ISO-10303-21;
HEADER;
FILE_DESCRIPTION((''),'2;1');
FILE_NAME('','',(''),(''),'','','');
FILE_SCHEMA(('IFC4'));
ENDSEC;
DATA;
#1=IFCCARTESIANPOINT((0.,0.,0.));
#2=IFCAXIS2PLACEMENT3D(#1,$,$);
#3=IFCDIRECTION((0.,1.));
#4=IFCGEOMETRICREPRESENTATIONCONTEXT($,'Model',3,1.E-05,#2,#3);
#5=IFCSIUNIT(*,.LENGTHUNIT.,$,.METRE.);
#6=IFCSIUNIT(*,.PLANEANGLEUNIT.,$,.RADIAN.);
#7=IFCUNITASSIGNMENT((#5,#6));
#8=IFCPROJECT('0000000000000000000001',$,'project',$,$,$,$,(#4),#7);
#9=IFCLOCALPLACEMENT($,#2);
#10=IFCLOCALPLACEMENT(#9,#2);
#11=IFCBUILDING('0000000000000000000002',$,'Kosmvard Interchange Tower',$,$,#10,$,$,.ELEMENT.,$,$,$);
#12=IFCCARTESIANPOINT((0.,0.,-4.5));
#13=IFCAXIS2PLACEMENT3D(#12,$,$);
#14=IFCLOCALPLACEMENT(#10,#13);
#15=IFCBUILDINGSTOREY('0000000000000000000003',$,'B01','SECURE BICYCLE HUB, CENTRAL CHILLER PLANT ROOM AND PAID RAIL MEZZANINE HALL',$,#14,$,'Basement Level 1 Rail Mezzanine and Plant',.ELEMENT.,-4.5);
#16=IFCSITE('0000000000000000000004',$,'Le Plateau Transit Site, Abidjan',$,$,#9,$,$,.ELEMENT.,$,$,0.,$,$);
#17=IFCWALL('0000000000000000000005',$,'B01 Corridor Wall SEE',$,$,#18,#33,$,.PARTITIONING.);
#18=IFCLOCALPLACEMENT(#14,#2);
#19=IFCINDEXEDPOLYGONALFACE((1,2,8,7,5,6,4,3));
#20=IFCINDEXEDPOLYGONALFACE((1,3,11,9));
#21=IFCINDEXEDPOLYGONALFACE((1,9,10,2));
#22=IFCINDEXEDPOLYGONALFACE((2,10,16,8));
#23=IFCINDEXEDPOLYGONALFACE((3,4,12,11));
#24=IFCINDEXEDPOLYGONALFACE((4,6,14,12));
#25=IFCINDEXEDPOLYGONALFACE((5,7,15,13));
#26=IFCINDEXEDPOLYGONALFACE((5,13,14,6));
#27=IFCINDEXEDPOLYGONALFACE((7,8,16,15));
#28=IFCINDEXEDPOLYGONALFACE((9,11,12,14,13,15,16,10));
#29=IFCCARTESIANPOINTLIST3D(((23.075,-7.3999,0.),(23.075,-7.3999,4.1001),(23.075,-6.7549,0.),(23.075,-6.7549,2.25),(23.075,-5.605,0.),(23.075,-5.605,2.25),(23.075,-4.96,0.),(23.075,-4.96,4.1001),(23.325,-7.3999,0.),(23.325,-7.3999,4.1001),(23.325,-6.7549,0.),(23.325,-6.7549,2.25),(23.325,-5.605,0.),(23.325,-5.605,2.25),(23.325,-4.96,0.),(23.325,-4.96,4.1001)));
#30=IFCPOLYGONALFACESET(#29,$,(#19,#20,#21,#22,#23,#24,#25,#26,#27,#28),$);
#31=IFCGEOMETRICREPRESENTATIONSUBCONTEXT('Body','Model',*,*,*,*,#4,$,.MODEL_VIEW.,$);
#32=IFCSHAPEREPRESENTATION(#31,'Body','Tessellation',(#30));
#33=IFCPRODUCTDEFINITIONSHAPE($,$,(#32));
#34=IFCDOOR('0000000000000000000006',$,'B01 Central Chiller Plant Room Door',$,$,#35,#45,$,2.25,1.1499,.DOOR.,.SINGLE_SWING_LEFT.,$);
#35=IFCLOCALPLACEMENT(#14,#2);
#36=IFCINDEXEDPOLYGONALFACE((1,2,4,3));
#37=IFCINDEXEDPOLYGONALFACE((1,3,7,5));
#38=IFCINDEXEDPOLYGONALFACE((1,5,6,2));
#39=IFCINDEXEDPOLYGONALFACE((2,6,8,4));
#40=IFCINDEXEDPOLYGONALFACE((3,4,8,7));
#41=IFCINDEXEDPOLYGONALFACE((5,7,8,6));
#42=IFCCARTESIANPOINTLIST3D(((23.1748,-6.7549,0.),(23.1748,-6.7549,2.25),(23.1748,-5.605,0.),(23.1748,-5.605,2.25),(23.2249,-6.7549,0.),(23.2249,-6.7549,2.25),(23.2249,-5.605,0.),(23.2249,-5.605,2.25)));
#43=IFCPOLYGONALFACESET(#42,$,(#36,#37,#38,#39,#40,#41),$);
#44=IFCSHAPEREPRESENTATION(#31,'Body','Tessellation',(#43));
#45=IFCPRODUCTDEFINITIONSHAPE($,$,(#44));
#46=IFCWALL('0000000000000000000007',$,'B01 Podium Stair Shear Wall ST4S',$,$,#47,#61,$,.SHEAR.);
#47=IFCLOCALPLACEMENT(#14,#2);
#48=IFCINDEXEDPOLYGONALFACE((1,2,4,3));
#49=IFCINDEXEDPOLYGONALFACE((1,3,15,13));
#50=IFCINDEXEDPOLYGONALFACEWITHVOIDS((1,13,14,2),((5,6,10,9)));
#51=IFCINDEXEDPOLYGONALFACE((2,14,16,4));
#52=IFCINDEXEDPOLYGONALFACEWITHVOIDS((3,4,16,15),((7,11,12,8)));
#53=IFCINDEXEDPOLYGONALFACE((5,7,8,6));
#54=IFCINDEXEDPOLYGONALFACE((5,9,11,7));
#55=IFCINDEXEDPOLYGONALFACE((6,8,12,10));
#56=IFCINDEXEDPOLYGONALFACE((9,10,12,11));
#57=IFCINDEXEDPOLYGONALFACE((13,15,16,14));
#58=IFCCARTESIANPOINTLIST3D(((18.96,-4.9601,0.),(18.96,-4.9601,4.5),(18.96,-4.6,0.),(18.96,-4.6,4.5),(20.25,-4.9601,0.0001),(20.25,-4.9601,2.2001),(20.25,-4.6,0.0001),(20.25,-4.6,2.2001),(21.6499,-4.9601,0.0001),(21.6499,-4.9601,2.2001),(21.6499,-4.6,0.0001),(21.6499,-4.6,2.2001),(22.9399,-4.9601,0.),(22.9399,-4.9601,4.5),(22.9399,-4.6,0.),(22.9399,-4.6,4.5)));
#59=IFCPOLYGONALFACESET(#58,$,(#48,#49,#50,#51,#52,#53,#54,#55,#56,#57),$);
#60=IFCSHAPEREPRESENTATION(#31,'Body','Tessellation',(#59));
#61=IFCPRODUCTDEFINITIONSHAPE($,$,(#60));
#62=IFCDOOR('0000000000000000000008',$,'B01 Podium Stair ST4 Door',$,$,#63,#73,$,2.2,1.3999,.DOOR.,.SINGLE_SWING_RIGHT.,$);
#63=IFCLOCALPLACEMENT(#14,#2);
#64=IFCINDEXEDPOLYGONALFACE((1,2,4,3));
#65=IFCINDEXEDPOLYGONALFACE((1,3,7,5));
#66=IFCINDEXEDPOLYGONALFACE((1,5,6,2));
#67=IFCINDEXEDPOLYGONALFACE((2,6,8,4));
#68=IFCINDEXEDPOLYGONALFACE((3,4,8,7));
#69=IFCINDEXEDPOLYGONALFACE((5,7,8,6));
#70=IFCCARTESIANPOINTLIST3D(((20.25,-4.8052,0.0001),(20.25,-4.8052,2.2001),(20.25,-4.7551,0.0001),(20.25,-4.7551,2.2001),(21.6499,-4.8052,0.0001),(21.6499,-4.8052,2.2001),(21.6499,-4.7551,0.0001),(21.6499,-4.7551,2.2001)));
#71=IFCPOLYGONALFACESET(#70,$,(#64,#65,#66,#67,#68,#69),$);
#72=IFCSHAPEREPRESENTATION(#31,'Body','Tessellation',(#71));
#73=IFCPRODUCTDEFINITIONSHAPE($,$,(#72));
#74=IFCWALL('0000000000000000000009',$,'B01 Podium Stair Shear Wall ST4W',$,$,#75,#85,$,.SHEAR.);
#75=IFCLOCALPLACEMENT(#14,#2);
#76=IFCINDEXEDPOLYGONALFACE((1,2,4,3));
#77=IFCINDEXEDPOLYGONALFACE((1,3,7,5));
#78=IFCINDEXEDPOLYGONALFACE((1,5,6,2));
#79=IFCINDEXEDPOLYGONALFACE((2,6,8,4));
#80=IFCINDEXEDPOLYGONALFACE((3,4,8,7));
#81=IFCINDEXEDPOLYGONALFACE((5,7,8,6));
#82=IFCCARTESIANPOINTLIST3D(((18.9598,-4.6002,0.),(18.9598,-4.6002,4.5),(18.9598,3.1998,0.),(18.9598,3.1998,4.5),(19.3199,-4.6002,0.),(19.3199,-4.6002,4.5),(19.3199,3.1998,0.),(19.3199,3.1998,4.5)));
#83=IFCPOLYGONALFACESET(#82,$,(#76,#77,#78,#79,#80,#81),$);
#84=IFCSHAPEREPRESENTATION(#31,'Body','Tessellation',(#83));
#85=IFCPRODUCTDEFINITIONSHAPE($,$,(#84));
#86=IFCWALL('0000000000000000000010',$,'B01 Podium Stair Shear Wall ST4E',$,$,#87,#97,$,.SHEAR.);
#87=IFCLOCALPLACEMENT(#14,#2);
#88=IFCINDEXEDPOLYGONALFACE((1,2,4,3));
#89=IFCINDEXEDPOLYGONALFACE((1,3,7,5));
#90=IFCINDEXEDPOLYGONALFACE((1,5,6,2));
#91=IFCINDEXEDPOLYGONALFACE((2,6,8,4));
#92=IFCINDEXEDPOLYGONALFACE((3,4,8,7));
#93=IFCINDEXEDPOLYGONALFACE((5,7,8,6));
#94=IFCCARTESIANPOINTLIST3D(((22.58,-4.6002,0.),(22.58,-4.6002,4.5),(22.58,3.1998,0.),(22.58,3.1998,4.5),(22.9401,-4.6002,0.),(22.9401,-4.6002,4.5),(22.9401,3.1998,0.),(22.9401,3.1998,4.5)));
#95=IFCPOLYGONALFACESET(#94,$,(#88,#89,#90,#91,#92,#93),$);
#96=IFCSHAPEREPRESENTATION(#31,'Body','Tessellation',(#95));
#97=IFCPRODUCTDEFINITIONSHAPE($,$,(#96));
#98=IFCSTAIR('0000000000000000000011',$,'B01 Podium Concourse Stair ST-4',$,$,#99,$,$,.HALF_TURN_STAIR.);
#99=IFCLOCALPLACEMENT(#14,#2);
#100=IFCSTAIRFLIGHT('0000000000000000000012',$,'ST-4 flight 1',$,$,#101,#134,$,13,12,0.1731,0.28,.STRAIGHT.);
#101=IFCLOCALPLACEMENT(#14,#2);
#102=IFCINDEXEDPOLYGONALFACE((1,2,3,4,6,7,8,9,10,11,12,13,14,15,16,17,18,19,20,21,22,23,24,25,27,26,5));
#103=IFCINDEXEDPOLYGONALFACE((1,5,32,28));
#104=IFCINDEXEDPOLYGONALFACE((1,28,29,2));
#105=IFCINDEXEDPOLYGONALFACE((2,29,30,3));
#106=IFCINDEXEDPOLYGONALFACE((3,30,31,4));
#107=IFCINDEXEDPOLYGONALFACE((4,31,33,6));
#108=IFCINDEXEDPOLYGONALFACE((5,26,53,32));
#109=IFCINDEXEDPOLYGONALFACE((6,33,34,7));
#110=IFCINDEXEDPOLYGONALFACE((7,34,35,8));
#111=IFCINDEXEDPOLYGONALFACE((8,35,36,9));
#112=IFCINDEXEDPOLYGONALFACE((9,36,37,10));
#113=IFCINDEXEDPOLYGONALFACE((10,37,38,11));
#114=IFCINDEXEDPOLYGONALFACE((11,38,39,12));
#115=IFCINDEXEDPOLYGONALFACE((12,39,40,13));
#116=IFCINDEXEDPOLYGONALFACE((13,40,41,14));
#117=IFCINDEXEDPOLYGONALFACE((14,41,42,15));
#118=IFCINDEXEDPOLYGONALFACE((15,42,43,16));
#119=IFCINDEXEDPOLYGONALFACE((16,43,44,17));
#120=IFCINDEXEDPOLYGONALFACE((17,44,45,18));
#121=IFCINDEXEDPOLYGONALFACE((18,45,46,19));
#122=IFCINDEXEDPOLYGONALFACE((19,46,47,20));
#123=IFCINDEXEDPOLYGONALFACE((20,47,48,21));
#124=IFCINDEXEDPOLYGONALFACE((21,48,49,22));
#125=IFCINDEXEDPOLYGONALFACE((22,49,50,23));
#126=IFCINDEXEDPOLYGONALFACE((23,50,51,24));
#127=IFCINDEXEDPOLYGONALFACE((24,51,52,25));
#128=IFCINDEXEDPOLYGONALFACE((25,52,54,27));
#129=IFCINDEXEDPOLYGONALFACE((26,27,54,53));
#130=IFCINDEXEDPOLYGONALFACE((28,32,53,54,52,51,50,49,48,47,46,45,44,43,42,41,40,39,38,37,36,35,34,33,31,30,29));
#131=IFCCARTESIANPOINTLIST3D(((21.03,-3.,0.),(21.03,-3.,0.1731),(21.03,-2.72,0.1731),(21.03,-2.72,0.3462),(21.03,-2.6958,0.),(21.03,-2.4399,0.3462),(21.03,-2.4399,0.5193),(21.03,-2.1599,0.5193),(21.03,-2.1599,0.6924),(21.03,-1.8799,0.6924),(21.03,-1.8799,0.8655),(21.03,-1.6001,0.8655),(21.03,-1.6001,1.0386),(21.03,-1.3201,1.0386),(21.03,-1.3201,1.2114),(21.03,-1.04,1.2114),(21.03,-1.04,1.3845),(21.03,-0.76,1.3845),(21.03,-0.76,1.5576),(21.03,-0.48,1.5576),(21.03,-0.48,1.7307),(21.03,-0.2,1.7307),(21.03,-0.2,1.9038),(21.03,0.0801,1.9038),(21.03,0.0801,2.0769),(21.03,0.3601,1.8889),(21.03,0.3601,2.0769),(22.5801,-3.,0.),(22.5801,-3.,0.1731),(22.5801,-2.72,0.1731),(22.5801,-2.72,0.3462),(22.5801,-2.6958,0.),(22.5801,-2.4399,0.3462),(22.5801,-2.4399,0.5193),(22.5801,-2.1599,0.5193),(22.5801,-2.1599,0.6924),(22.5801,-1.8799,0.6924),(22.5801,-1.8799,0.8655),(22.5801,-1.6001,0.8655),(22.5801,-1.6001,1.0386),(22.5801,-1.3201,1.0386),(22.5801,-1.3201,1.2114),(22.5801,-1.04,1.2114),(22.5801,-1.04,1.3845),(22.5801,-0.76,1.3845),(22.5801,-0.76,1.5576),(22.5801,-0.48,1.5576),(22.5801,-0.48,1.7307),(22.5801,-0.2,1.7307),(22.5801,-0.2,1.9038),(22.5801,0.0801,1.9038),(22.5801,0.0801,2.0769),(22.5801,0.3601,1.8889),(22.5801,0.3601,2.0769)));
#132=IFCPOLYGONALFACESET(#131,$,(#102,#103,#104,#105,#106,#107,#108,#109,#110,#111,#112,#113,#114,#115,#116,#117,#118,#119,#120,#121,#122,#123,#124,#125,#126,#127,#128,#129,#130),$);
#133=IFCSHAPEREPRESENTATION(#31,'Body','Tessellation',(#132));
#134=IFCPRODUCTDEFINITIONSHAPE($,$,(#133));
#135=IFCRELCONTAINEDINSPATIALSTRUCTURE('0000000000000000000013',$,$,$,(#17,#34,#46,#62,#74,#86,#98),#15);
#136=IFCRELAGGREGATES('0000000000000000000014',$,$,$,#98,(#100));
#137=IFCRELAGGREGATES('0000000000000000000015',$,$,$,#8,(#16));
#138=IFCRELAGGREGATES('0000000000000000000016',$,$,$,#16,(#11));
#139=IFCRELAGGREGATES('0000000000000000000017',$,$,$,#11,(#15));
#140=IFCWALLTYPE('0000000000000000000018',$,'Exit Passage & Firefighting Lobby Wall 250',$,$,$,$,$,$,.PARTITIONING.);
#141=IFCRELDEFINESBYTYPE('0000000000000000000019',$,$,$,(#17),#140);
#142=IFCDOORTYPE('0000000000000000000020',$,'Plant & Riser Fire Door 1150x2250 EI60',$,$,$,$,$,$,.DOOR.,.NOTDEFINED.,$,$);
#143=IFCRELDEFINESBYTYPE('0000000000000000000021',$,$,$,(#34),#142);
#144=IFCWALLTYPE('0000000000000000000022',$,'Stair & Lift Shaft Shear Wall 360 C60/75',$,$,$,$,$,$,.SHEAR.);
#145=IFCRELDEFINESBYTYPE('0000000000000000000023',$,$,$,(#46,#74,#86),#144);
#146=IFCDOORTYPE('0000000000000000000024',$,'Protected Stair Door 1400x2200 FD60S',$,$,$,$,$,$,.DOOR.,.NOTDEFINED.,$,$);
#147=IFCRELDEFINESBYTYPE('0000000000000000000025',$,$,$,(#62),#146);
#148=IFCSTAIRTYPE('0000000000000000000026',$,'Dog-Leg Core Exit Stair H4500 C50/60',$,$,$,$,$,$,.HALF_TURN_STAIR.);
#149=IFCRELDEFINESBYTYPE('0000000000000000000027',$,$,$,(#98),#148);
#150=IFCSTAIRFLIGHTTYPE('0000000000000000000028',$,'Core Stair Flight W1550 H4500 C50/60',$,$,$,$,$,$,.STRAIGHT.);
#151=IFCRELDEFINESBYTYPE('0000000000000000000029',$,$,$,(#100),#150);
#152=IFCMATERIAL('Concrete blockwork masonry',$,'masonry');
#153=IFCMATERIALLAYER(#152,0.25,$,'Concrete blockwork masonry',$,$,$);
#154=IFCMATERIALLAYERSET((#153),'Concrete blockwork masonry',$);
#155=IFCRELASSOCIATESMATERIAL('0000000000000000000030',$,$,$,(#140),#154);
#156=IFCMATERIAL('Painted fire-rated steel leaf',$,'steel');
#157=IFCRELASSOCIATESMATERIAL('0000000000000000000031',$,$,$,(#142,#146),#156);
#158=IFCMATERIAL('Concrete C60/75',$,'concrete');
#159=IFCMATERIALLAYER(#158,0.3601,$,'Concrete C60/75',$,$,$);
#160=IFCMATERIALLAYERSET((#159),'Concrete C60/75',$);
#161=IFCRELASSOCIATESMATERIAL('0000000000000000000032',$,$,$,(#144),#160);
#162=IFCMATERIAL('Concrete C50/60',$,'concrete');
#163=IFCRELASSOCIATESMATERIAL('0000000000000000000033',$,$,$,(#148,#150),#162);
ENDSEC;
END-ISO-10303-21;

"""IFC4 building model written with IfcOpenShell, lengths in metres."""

from ifc_helpers import new_model, si_unit, direction, frame, frame_2d, origin, place, context, subcontext, project, spatial, polyline, rectangle, outline, extrude, source, transform, mapped, material, layer, layer_set, type_object, element, fill, aggregate, save


model = new_model("IFC4")

# Units and contexts
model_context = context("Model", 3, precision=1e-05, world=origin(), true_north=direction((0.0, 1.0)))
body_context = subcontext(model_context, "Body", "Model", "MODEL_VIEW")
ifc_project = project(units=[si_unit("LENGTHUNIT", "METRE"), si_unit("PLANEANGLEUNIT", "RADIAN")], contexts=[model_context])

# Site, building, storey
site_placement = place(None, origin())
site = spatial("IfcSite", under=ifc_project, at=site_placement, Name="Le Plateau Transit Site, Abidjan", CompositionType="ELEMENT", RefElevation=0.0)
building_placement = place(site_placement, origin())
building = spatial("IfcBuilding", under=site, at=building_placement, Name="Kosmvard Interchange Tower", CompositionType="ELEMENT")
storey_placement = place(building_placement, frame((0.0, 0.0, -4.5)))
storey = spatial("IfcBuildingStorey", under=building, at=storey_placement, Name="B01", Description="SECURE BICYCLE HUB, CENTRAL CHILLER PLANT ROOM AND PAID RAIL MEZZANINE HALL", LongName="Basement Level 1 Rail Mezzanine and Plant", CompositionType="ELEMENT", Elevation=-4.5)

# Shared definitions
ifc_material_1 = material(Name="Concrete C60/75", Category="concrete")

# Shared definitions
ifc_material_2 = material(Name="Concrete C50/60", Category="concrete")

# Walls, openings, doors
ifc_material_3 = material(Name="Concrete blockwork masonry", Category="masonry")
ifc_layer_1 = layer(ifc_material_3, 0.25, Name="Concrete blockwork masonry")
ifc_layer_set_1 = layer_set([ifc_layer_1], Name="Concrete blockwork masonry")
wall_type_1 = type_object("IfcWallType", Name="Exit Passage & Firefighting Lobby Wall 250", PredefinedType="PARTITIONING", material=ifc_layer_set_1)
wall_1_placement = place(storey_placement, frame((23.2, -7.3999, 0.0), z_axis=(0.0, 0.0, 1.0), x_axis=(0.0, 1.0, 0.0)))
wall_1 = element("IfcWall", 1, at=wall_1_placement, inside=storey, type_object=wall_type_1, Name="B01 Corridor Wall SEE", PredefinedType="PARTITIONING", context=body_context, shape_type="SweptSolid", body=[
    extrude(rectangle(XDim=2.4399, YDim=0.25, at=frame_2d((1.22, 0.0))), origin(), (0.0, 0.0, 1.0), 4.1001),
])
opening_1_placement = place(wall_1_placement, frame((0.645, 0.0, 0.0)))
opening_1 = element("IfcOpeningElement", 2, at=opening_1_placement, cuts=wall_1, PredefinedType="OPENING", context=body_context, shape_type="SweptSolid", body=[
    extrude(rectangle(XDim=1.1499, YDim=2.25, at=frame_2d((0.575, 1.125))), frame((0.0, 0.135, 0.0), z_axis=(0.0, -1.0, 0.0), x_axis=(1.0, 0.0, 0.0)), (0.0, 0.0, 1.0), 0.27),
])
ifc_material_4 = material(Name="Painted fire-rated steel leaf", Category="steel")
door_type_1 = type_object("IfcDoorType", Name="Plant & Riser Fire Door 1150x2250 EI60", OperationType="NOTDEFINED", PredefinedType="DOOR", material=ifc_material_4)
shared_shape_1 = source(origin(), body_context, "Body", "SweptSolid", [
    extrude(rectangle(XDim=1.1499, YDim=2.25, at=frame_2d((0.575, 1.125))), frame((0.0, 0.0249, 0.0), z_axis=(0.0, -1.0, 0.0), x_axis=(1.0, 0.0, 0.0)), (0.0, 0.0, 1.0), 0.05),
])
door_1_placement = place(opening_1_placement, frame((1.1499, 0.0, 0.0), z_axis=(0.0, 0.0, 1.0), x_axis=(-1.0, 0.0, 0.0)))
door_1 = element("IfcDoor", 3, at=door_1_placement, inside=storey, type_object=door_type_1, Name="B01 Central Chiller Plant Room Door", OperationType="SINGLE_SWING_LEFT", OverallHeight=2.25, OverallWidth=1.1499, PredefinedType="DOOR", context=body_context, shape_type="MappedRepresentation", body=[
    mapped(shared_shape_1, transform((0.0, 0.0, 0.0), scale=1.0)),
])
fill(opening_1, door_1)
ifc_layer_2 = layer(ifc_material_1, 0.3601, Name="Concrete C60/75")
ifc_layer_set_2 = layer_set([ifc_layer_2], Name="Concrete C60/75")
wall_type_2 = type_object("IfcWallType", Name="Stair & Lift Shaft Shear Wall 360 C60/75", PredefinedType="SHEAR", material=ifc_layer_set_2)
wall_2_placement = place(storey_placement, frame((18.96, -4.78, 0.0), z_axis=(0.0, 0.0, 1.0), x_axis=(1.0, 0.0, 0.0)))
wall_2 = element("IfcWall", 4, at=wall_2_placement, inside=storey, type_object=wall_type_2, Name="B01 Podium Stair Shear Wall ST4S", PredefinedType="SHEAR", context=body_context, shape_type="SweptSolid", body=[
    extrude(rectangle(XDim=3.98, YDim=0.3601, at=frame_2d((1.99, 0.0))), origin(), (0.0, 0.0, 1.0), 4.5),
])
opening_2_placement = place(wall_2_placement, frame((1.29, 0.0, 0.0)))
opening_2 = element("IfcOpeningElement", 5, at=opening_2_placement, cuts=wall_2, PredefinedType="OPENING", context=body_context, shape_type="SweptSolid", body=[
    extrude(rectangle(XDim=1.3999, YDim=2.2, at=frame_2d((0.7, 1.1001))), frame((0.0, 0.1899, 0.0), z_axis=(0.0, -1.0, 0.0), x_axis=(1.0, 0.0, 0.0)), (0.0, 0.0, 1.0), 0.3801),
])
door_type_2 = type_object("IfcDoorType", Name="Protected Stair Door 1400x2200 FD60S", OperationType="NOTDEFINED", PredefinedType="DOOR", material=ifc_material_4)
shared_shape_2 = source(origin(), body_context, "Body", "SweptSolid", [
    extrude(rectangle(XDim=1.3999, YDim=2.2, at=frame_2d((0.7, 1.1001))), frame((0.0, 0.0249, 0.0), z_axis=(0.0, -1.0, 0.0), x_axis=(1.0, 0.0, 0.0)), (0.0, 0.0, 1.0), 0.05),
])
door_2_placement = place(opening_2_placement, origin())
door_2 = element("IfcDoor", 6, at=door_2_placement, inside=storey, type_object=door_type_2, Name="B01 Podium Stair ST4 Door", OperationType="SINGLE_SWING_RIGHT", OverallHeight=2.2, OverallWidth=1.3999, PredefinedType="DOOR", context=body_context, shape_type="MappedRepresentation", body=[
    mapped(shared_shape_2, transform((0.0, 0.0, 0.0), scale=1.0)),
])
fill(opening_2, door_2)

# Walls
for number, where, z_axis, x_axis, name in (
    (7, (19.1399, -4.6001, 0.0), (0.0, 0.0, 1.0), (0.0, 1.0, 0.0), "B01 Podium Stair Shear Wall ST4W"),
    (8, (22.76, -4.6001, 0.0), (0.0, 0.0, 1.0), (0.0, 1.0, 0.0), "B01 Podium Stair Shear Wall ST4E"),
):
    element("IfcWall", number, at=place(storey_placement, frame(where, z_axis=z_axis, x_axis=x_axis)), inside=storey, type_object=wall_type_2, Name=name, PredefinedType="SHEAR", context=body_context, shape_type="SweptSolid", body=[
        extrude(rectangle(XDim=7.8, YDim=0.3601, at=frame_2d((3.8999, 0.0))), origin(), (0.0, 0.0, 1.0), 4.5),
    ])

# Stair, stair flight
stair_type = type_object("IfcStairType", Name="Dog-Leg Core Exit Stair H4500 C50/60", PredefinedType="HALF_TURN_STAIR", material=ifc_material_2)
stair_placement = place(storey_placement, origin())
stair = element("IfcStair", 9, at=stair_placement, inside=storey, type_object=stair_type, Name="B01 Podium Concourse Stair ST-4", PredefinedType="HALF_TURN_STAIR")
stair_flight_type = type_object("IfcStairFlightType", Name="Core Stair Flight W1550 H4500 C50/60", PredefinedType="STRAIGHT", material=ifc_material_2)
shared_shape_3 = source(origin(), body_context, "Body", "SweptSolid", [
    extrude(outline(polyline([(0.0, 0.0), (0.0, 0.1731), (0.28, 0.1731), (0.28, 0.3462), (0.5601, 0.3462), (0.5601, 0.5193), (0.8401, 0.5193), (0.8401, 0.6924), (1.1201, 0.6924), (1.1201, 0.8655), (1.3999, 0.8655), (1.3999, 1.0386), (1.6799, 1.0386), (1.6799, 1.2114), (1.96, 1.2114), (1.96, 1.3845), (2.24, 1.3845), (2.24, 1.5576), (2.52, 1.5576), (2.52, 1.7307), (2.8, 1.7307), (2.8, 1.9038), (3.0801, 1.9038), (3.0801, 2.0769), (3.3601, 2.0769), (3.3601, 2.25), (3.3601, 1.8889), (0.3042, 0.0), (0.0, 0.0)])), frame((0.0, 0.7749, 0.0), z_axis=(0.0, -1.0, 0.0), x_axis=(1.0, 0.0, 0.0)), (0.0, 0.0, 1.0), 1.55),
])
stair_flight_placement = place(storey_placement, frame((21.8049, -3.0, 0.0), z_axis=(0.0, 0.0, 1.0), x_axis=(0.0, 1.0, 0.0)))
stair_flight = element("IfcStairFlight", 10, at=stair_flight_placement, type_object=stair_flight_type, Name="ST-4 flight 1", NumberOfRisers=13, NumberOfTreads=12, PredefinedType="STRAIGHT", RiserHeight=0.1731, TreadLength=0.28, context=body_context, shape_type="MappedRepresentation", body=[
    mapped(shared_shape_3, transform((0.0, 0.0, 0.0), scale=1.0)),
])
aggregate(stair, [stair_flight])

save(model, "model.ifc")
